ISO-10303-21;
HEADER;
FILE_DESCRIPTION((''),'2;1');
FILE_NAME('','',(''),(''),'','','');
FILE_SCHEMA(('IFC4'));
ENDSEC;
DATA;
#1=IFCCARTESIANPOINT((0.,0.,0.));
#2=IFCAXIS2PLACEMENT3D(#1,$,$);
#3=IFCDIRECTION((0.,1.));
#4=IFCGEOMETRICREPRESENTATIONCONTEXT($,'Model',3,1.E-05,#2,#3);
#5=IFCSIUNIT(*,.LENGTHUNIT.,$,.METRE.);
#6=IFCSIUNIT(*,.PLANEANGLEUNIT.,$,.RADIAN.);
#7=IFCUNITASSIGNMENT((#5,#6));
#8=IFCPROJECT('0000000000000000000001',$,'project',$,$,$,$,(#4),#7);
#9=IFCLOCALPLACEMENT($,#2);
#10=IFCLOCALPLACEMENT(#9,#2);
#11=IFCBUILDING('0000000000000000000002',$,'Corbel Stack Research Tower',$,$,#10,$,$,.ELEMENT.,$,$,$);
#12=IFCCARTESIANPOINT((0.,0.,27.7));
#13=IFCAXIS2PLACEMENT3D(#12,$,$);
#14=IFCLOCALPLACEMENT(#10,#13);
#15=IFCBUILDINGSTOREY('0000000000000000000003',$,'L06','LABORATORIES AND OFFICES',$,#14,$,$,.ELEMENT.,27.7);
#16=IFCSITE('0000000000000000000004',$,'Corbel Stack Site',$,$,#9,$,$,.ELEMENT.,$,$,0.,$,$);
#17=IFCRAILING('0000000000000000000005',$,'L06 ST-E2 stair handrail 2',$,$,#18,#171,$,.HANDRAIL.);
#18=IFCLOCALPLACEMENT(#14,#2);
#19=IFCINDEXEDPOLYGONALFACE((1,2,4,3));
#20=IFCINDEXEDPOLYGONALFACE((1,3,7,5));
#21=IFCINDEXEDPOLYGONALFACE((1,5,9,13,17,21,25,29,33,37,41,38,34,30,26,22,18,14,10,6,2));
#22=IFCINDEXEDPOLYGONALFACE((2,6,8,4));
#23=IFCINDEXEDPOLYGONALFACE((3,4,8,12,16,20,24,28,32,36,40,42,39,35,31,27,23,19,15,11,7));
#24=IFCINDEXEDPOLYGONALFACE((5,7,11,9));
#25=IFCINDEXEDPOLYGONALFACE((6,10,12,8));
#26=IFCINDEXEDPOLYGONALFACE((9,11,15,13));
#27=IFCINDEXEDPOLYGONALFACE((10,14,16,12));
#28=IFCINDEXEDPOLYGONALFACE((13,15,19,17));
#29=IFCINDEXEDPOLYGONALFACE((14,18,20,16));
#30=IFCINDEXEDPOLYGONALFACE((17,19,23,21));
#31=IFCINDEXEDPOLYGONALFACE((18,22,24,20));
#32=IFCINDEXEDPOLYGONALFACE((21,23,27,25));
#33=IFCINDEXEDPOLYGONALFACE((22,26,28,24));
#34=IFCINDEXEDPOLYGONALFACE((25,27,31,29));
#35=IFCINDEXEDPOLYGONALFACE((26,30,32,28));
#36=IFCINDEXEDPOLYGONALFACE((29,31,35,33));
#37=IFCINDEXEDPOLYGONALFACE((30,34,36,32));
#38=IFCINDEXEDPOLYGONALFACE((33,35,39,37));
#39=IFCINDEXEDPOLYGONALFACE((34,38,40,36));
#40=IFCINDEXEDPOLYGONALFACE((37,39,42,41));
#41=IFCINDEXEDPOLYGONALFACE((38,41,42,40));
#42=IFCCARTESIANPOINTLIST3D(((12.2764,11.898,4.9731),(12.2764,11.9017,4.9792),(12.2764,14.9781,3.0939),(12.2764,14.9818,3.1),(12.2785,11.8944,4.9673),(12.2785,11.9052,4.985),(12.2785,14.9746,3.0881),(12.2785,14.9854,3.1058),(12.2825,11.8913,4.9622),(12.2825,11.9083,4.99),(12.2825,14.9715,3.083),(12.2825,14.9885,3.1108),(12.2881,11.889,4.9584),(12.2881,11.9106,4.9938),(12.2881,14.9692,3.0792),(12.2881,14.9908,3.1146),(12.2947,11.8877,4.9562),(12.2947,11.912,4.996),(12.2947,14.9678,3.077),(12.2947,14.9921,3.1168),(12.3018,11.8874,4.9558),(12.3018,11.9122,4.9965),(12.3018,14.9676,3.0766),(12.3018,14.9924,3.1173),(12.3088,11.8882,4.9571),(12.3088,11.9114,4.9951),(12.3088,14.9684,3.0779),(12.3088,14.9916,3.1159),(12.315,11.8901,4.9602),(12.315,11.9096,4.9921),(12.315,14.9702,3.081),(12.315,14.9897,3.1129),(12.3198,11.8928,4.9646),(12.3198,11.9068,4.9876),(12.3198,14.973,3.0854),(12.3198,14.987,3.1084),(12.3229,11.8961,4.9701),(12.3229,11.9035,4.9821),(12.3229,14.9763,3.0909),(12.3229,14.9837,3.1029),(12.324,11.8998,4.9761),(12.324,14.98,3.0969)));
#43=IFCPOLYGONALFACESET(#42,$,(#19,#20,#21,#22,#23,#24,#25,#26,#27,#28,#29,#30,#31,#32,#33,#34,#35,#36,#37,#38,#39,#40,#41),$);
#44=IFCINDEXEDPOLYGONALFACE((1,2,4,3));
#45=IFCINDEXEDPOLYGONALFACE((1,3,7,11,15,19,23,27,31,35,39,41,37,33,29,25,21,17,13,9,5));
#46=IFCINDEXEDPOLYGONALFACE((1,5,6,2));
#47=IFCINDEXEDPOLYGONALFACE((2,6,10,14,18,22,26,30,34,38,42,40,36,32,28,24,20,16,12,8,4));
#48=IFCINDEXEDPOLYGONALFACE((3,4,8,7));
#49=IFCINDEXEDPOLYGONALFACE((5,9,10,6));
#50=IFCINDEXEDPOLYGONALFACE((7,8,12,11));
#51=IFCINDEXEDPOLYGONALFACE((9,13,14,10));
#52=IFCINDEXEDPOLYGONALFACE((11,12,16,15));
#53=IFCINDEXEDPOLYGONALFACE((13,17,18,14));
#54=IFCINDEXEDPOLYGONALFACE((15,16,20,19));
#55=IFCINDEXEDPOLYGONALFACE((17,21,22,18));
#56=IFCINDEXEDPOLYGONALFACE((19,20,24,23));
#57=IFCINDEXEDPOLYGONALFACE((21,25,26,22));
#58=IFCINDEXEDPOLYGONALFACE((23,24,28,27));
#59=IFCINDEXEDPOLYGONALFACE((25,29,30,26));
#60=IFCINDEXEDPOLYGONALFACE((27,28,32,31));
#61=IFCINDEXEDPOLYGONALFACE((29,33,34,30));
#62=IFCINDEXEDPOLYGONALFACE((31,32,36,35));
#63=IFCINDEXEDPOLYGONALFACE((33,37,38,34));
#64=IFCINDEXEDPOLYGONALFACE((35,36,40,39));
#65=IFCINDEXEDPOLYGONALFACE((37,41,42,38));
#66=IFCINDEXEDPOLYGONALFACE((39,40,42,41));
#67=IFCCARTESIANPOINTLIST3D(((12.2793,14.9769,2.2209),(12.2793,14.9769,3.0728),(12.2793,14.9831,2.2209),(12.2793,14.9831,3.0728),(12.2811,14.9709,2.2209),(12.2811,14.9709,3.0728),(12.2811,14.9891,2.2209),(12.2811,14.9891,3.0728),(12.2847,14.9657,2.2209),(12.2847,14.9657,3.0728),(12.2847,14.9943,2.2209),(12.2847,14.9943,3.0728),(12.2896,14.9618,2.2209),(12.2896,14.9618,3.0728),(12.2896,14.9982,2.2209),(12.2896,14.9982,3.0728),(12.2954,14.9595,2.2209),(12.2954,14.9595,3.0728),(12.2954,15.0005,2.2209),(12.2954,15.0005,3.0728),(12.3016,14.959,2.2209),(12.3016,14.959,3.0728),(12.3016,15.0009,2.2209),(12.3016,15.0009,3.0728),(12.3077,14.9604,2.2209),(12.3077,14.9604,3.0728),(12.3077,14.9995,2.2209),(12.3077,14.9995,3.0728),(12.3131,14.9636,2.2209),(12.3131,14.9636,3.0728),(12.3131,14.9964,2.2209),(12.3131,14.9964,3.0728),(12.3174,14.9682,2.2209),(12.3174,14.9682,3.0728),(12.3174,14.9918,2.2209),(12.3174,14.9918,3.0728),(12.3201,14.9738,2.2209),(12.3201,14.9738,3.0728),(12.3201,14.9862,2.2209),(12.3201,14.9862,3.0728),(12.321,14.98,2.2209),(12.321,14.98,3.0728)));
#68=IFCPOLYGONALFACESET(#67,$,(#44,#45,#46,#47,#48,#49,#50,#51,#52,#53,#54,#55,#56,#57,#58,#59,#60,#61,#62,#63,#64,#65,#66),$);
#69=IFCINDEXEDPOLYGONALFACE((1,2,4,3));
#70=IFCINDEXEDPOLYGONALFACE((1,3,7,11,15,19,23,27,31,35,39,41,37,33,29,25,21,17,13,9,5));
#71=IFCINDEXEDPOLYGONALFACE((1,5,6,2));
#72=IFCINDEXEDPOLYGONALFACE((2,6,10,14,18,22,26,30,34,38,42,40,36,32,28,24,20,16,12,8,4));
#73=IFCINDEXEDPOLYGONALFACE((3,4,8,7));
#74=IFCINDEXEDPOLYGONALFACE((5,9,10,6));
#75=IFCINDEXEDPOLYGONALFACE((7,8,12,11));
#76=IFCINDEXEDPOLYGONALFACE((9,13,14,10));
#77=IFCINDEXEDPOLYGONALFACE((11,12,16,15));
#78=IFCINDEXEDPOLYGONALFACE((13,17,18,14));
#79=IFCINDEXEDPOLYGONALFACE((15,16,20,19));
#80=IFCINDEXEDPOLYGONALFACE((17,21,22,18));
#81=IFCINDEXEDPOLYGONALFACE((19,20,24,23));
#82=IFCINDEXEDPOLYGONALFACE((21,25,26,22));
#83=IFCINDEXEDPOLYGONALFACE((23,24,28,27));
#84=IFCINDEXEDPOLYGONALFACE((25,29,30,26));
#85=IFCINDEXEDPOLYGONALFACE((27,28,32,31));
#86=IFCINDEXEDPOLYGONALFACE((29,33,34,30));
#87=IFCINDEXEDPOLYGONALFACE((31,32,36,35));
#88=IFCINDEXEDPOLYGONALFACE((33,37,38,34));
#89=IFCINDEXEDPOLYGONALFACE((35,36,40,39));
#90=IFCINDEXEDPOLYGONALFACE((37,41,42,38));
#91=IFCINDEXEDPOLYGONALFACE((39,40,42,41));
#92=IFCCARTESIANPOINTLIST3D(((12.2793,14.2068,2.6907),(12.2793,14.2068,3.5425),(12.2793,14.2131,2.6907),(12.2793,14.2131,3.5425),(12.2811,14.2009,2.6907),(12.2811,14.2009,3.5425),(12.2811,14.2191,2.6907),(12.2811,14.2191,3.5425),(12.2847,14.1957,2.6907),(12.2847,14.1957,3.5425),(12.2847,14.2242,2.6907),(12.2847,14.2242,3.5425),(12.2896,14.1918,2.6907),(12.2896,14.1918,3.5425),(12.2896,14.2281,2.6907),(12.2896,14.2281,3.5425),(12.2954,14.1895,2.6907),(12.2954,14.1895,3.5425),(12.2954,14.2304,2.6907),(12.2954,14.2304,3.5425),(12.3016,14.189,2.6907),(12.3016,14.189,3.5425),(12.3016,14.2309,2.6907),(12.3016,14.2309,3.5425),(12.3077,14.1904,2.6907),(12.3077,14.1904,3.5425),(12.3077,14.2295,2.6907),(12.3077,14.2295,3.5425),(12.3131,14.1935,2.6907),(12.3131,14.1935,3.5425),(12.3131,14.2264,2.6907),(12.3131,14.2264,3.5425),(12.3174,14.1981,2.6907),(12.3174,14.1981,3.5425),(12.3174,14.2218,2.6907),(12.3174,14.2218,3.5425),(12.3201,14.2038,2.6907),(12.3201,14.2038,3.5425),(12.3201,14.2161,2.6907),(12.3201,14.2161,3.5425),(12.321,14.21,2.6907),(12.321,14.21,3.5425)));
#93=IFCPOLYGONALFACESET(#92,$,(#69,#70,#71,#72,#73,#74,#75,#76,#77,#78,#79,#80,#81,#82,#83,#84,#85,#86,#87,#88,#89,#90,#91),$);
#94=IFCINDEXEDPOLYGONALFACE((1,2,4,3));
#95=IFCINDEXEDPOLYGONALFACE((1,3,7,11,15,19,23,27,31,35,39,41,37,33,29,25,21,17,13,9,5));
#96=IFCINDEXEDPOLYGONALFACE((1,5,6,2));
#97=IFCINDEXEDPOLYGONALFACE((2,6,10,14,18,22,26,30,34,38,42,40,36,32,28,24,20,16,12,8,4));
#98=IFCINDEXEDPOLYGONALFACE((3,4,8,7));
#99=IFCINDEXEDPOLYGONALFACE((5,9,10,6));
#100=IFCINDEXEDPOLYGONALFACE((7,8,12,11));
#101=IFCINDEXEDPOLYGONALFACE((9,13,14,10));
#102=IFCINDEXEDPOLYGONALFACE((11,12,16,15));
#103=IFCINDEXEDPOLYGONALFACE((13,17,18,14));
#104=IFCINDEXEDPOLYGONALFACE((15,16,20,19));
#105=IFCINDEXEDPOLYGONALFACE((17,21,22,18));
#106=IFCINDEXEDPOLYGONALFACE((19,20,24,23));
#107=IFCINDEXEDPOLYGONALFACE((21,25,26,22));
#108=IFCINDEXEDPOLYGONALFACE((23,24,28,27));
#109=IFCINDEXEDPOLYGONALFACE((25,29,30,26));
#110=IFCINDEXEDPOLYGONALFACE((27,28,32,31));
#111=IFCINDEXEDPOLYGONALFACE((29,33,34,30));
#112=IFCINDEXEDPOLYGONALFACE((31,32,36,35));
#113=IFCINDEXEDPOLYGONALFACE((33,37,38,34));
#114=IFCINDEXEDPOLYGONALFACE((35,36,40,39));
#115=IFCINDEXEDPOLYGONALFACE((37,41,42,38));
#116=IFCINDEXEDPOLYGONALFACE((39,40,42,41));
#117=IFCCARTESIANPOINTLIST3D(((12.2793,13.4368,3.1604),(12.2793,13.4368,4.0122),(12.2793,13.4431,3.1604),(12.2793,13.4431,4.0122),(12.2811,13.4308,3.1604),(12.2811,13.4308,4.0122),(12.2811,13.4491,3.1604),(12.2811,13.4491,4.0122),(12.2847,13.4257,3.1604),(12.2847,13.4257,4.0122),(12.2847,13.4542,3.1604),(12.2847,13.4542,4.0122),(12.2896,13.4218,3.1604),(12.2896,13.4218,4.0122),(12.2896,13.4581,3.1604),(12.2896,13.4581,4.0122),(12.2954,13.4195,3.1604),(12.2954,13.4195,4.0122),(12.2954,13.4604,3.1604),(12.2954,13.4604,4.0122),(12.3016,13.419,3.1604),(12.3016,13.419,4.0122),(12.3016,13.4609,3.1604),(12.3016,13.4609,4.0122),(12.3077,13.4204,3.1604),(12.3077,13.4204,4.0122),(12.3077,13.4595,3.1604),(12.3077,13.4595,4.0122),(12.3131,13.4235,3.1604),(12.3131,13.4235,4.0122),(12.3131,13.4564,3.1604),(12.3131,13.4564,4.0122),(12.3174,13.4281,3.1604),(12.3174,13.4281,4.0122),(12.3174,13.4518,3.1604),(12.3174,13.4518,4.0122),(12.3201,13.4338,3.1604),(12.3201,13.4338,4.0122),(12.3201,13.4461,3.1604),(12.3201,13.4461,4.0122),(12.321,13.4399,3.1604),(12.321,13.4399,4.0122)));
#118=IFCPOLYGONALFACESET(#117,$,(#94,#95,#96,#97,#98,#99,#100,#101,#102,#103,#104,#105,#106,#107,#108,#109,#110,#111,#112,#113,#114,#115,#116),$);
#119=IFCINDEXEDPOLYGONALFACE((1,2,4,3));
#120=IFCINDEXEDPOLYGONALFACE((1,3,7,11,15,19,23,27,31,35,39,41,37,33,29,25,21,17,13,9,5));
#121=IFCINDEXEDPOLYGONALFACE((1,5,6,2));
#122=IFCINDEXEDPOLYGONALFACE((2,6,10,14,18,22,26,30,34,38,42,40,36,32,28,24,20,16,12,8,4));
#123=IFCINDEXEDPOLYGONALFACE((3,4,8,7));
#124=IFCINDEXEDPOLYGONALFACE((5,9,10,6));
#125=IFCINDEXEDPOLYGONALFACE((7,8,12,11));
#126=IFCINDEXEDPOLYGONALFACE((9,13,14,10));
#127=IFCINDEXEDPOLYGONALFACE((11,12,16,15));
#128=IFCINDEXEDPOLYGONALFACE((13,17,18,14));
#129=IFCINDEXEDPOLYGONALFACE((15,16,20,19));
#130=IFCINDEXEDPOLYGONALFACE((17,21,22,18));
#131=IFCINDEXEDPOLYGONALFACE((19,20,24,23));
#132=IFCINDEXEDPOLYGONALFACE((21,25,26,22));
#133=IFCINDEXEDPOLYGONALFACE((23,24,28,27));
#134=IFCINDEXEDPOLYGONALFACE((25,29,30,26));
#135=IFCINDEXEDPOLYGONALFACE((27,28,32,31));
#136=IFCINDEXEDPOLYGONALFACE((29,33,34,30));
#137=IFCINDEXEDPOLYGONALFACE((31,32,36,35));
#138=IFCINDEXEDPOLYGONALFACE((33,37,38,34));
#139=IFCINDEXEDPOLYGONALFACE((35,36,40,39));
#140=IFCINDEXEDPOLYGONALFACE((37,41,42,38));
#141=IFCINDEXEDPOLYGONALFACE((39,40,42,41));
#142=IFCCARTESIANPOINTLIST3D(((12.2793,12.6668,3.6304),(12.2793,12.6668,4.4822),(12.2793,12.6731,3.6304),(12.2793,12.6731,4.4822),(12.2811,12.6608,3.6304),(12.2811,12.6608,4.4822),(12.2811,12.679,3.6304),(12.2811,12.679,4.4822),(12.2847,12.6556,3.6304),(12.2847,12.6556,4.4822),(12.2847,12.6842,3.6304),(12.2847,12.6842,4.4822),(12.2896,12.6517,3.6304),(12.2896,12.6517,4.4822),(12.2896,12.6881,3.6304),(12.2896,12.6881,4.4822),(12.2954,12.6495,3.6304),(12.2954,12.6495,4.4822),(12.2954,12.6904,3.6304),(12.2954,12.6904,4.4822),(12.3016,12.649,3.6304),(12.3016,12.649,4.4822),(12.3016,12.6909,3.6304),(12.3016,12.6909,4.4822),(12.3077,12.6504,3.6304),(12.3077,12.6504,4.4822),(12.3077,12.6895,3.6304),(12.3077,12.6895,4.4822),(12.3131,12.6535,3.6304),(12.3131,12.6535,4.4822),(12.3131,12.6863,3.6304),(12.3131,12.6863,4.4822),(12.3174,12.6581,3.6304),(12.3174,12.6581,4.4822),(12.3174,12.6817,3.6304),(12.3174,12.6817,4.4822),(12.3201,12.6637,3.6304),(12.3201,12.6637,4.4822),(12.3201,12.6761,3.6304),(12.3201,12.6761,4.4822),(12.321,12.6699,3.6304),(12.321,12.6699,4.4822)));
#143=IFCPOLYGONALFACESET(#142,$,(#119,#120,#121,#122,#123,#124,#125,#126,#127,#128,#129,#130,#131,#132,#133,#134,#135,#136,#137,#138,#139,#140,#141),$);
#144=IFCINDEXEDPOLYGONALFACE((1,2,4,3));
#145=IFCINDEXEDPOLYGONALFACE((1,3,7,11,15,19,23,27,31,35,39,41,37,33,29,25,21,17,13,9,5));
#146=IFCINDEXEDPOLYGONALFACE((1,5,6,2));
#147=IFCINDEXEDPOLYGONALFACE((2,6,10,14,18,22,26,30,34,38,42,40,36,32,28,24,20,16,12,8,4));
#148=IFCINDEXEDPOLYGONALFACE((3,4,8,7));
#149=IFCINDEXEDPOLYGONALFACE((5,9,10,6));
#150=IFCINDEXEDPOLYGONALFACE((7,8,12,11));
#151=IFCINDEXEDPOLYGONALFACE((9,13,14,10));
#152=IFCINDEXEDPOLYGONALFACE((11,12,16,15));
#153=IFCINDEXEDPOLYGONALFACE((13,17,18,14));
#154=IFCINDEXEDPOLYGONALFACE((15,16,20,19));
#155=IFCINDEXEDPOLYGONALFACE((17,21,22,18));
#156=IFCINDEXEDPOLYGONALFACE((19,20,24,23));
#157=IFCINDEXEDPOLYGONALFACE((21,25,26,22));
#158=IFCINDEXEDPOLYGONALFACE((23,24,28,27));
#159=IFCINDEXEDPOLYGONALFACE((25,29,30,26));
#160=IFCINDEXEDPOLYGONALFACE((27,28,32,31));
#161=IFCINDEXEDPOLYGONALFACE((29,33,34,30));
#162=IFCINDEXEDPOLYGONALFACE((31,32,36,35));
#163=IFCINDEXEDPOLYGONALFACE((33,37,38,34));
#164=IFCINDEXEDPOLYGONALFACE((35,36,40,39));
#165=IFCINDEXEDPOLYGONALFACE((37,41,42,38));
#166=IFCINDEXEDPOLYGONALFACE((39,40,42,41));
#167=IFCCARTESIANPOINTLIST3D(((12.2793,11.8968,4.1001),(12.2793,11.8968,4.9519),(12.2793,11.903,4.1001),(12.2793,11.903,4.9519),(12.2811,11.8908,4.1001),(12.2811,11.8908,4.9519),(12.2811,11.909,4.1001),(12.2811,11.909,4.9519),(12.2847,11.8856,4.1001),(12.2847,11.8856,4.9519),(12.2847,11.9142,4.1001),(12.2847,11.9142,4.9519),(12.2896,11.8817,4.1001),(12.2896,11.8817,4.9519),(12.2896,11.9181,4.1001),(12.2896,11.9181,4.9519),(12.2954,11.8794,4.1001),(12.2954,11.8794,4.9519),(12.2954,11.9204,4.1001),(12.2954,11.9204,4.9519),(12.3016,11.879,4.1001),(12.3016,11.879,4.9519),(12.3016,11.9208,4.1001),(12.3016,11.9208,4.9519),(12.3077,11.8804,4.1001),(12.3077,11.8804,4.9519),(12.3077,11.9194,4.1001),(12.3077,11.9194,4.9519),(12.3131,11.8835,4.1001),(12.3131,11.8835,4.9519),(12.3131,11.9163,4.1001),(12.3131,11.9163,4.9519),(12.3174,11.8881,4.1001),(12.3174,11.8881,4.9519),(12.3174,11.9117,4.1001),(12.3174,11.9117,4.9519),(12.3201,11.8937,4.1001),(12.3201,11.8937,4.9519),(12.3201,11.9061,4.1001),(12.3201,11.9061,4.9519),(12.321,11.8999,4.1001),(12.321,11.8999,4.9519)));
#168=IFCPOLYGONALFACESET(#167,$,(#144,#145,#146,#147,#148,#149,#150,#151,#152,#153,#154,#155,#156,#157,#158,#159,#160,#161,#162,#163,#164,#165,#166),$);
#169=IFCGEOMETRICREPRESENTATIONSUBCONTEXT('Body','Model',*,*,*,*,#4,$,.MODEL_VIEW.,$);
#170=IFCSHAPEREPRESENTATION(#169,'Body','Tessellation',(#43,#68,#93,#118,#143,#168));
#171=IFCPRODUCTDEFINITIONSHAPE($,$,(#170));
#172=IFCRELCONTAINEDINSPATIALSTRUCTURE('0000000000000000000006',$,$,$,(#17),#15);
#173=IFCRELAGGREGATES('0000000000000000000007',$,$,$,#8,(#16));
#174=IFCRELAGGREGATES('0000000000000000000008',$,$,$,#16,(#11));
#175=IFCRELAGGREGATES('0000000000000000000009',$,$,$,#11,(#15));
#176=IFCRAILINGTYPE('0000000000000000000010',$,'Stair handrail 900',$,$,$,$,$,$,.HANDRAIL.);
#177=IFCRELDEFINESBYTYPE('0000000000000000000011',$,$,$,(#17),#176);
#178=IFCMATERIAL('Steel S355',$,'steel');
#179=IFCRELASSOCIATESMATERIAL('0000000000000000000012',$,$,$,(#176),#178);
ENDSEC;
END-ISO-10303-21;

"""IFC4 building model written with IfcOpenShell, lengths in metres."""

from ifc_helpers import new_model, si_unit, direction, frame, origin, origin_2d, place, context, subcontext, project, spatial, circle, extrude, material, type_object, element, save


model = new_model("IFC4")

# Units and contexts
model_context = context("Model", 3, precision=1e-05, world=origin(), true_north=direction((0.0, 1.0)))
body_context = subcontext(model_context, "Body", "Model", "MODEL_VIEW")
ifc_project = project(units=[si_unit("LENGTHUNIT", "METRE"), si_unit("PLANEANGLEUNIT", "RADIAN")], contexts=[model_context])

# Site, building, storey
site_placement = place(None, origin())
site = spatial("IfcSite", under=ifc_project, at=site_placement, Name="Corbel Stack Site", CompositionType="ELEMENT", RefElevation=0.0)
building_placement = place(site_placement, origin())
building = spatial("IfcBuilding", under=site, at=building_placement, Name="Corbel Stack Research Tower", CompositionType="ELEMENT")
storey_placement = place(building_placement, frame((0.0, 0.0, 27.7)))
storey = spatial("IfcBuildingStorey", under=building, at=storey_placement, Name="L06", Description="LABORATORIES AND OFFICES", CompositionType="ELEMENT", Elevation=27.7)

# Railing
ifc_material_1 = material(Name="Steel S355", Category="steel")
railing_type_1 = type_object("IfcRailingType", Name="Stair handrail 900", PredefinedType="HANDRAIL", material=ifc_material_1)
railing_1_placement = place(storey_placement, frame((12.3, 14.98, 2.2209)))
element("IfcRailing", 1, at=railing_1_placement, inside=storey, type_object=railing_type_1, Name="L06 ST-E2 stair handrail 2", PredefinedType="HANDRAIL", context=body_context, shape_type="SweptSolid", body=[
    extrude(circle(Radius=0.0239, at=origin_2d()), frame((0.0, 0.0, 0.876), z_axis=(0.0, -0.853666, 0.52082), x_axis=(1.0, 0.0, 0.0)), (0.0, 0.0, 1.0), 3.6082),
    extrude(circle(Radius=0.021, at=origin_2d()), origin(), (0.0, 0.0, 1.0), 0.8518),
    extrude(circle(Radius=0.021, at=origin_2d()), frame((0.0, -0.77, 0.4697)), (0.0, 0.0, 1.0), 0.8518),
    extrude(circle(Radius=0.021, at=origin_2d()), frame((0.0, -1.54, 0.9395)), (0.0, 0.0, 1.0), 0.8518),
    extrude(circle(Radius=0.021, at=origin_2d()), frame((0.0, -2.3101, 1.4094)), (0.0, 0.0, 1.0), 0.8518),
    extrude(circle(Radius=0.021, at=origin_2d()), frame((0.0, -3.0801, 1.8792)), (0.0, 0.0, 1.0), 0.8518),
])

save(model, "model.ifc")
